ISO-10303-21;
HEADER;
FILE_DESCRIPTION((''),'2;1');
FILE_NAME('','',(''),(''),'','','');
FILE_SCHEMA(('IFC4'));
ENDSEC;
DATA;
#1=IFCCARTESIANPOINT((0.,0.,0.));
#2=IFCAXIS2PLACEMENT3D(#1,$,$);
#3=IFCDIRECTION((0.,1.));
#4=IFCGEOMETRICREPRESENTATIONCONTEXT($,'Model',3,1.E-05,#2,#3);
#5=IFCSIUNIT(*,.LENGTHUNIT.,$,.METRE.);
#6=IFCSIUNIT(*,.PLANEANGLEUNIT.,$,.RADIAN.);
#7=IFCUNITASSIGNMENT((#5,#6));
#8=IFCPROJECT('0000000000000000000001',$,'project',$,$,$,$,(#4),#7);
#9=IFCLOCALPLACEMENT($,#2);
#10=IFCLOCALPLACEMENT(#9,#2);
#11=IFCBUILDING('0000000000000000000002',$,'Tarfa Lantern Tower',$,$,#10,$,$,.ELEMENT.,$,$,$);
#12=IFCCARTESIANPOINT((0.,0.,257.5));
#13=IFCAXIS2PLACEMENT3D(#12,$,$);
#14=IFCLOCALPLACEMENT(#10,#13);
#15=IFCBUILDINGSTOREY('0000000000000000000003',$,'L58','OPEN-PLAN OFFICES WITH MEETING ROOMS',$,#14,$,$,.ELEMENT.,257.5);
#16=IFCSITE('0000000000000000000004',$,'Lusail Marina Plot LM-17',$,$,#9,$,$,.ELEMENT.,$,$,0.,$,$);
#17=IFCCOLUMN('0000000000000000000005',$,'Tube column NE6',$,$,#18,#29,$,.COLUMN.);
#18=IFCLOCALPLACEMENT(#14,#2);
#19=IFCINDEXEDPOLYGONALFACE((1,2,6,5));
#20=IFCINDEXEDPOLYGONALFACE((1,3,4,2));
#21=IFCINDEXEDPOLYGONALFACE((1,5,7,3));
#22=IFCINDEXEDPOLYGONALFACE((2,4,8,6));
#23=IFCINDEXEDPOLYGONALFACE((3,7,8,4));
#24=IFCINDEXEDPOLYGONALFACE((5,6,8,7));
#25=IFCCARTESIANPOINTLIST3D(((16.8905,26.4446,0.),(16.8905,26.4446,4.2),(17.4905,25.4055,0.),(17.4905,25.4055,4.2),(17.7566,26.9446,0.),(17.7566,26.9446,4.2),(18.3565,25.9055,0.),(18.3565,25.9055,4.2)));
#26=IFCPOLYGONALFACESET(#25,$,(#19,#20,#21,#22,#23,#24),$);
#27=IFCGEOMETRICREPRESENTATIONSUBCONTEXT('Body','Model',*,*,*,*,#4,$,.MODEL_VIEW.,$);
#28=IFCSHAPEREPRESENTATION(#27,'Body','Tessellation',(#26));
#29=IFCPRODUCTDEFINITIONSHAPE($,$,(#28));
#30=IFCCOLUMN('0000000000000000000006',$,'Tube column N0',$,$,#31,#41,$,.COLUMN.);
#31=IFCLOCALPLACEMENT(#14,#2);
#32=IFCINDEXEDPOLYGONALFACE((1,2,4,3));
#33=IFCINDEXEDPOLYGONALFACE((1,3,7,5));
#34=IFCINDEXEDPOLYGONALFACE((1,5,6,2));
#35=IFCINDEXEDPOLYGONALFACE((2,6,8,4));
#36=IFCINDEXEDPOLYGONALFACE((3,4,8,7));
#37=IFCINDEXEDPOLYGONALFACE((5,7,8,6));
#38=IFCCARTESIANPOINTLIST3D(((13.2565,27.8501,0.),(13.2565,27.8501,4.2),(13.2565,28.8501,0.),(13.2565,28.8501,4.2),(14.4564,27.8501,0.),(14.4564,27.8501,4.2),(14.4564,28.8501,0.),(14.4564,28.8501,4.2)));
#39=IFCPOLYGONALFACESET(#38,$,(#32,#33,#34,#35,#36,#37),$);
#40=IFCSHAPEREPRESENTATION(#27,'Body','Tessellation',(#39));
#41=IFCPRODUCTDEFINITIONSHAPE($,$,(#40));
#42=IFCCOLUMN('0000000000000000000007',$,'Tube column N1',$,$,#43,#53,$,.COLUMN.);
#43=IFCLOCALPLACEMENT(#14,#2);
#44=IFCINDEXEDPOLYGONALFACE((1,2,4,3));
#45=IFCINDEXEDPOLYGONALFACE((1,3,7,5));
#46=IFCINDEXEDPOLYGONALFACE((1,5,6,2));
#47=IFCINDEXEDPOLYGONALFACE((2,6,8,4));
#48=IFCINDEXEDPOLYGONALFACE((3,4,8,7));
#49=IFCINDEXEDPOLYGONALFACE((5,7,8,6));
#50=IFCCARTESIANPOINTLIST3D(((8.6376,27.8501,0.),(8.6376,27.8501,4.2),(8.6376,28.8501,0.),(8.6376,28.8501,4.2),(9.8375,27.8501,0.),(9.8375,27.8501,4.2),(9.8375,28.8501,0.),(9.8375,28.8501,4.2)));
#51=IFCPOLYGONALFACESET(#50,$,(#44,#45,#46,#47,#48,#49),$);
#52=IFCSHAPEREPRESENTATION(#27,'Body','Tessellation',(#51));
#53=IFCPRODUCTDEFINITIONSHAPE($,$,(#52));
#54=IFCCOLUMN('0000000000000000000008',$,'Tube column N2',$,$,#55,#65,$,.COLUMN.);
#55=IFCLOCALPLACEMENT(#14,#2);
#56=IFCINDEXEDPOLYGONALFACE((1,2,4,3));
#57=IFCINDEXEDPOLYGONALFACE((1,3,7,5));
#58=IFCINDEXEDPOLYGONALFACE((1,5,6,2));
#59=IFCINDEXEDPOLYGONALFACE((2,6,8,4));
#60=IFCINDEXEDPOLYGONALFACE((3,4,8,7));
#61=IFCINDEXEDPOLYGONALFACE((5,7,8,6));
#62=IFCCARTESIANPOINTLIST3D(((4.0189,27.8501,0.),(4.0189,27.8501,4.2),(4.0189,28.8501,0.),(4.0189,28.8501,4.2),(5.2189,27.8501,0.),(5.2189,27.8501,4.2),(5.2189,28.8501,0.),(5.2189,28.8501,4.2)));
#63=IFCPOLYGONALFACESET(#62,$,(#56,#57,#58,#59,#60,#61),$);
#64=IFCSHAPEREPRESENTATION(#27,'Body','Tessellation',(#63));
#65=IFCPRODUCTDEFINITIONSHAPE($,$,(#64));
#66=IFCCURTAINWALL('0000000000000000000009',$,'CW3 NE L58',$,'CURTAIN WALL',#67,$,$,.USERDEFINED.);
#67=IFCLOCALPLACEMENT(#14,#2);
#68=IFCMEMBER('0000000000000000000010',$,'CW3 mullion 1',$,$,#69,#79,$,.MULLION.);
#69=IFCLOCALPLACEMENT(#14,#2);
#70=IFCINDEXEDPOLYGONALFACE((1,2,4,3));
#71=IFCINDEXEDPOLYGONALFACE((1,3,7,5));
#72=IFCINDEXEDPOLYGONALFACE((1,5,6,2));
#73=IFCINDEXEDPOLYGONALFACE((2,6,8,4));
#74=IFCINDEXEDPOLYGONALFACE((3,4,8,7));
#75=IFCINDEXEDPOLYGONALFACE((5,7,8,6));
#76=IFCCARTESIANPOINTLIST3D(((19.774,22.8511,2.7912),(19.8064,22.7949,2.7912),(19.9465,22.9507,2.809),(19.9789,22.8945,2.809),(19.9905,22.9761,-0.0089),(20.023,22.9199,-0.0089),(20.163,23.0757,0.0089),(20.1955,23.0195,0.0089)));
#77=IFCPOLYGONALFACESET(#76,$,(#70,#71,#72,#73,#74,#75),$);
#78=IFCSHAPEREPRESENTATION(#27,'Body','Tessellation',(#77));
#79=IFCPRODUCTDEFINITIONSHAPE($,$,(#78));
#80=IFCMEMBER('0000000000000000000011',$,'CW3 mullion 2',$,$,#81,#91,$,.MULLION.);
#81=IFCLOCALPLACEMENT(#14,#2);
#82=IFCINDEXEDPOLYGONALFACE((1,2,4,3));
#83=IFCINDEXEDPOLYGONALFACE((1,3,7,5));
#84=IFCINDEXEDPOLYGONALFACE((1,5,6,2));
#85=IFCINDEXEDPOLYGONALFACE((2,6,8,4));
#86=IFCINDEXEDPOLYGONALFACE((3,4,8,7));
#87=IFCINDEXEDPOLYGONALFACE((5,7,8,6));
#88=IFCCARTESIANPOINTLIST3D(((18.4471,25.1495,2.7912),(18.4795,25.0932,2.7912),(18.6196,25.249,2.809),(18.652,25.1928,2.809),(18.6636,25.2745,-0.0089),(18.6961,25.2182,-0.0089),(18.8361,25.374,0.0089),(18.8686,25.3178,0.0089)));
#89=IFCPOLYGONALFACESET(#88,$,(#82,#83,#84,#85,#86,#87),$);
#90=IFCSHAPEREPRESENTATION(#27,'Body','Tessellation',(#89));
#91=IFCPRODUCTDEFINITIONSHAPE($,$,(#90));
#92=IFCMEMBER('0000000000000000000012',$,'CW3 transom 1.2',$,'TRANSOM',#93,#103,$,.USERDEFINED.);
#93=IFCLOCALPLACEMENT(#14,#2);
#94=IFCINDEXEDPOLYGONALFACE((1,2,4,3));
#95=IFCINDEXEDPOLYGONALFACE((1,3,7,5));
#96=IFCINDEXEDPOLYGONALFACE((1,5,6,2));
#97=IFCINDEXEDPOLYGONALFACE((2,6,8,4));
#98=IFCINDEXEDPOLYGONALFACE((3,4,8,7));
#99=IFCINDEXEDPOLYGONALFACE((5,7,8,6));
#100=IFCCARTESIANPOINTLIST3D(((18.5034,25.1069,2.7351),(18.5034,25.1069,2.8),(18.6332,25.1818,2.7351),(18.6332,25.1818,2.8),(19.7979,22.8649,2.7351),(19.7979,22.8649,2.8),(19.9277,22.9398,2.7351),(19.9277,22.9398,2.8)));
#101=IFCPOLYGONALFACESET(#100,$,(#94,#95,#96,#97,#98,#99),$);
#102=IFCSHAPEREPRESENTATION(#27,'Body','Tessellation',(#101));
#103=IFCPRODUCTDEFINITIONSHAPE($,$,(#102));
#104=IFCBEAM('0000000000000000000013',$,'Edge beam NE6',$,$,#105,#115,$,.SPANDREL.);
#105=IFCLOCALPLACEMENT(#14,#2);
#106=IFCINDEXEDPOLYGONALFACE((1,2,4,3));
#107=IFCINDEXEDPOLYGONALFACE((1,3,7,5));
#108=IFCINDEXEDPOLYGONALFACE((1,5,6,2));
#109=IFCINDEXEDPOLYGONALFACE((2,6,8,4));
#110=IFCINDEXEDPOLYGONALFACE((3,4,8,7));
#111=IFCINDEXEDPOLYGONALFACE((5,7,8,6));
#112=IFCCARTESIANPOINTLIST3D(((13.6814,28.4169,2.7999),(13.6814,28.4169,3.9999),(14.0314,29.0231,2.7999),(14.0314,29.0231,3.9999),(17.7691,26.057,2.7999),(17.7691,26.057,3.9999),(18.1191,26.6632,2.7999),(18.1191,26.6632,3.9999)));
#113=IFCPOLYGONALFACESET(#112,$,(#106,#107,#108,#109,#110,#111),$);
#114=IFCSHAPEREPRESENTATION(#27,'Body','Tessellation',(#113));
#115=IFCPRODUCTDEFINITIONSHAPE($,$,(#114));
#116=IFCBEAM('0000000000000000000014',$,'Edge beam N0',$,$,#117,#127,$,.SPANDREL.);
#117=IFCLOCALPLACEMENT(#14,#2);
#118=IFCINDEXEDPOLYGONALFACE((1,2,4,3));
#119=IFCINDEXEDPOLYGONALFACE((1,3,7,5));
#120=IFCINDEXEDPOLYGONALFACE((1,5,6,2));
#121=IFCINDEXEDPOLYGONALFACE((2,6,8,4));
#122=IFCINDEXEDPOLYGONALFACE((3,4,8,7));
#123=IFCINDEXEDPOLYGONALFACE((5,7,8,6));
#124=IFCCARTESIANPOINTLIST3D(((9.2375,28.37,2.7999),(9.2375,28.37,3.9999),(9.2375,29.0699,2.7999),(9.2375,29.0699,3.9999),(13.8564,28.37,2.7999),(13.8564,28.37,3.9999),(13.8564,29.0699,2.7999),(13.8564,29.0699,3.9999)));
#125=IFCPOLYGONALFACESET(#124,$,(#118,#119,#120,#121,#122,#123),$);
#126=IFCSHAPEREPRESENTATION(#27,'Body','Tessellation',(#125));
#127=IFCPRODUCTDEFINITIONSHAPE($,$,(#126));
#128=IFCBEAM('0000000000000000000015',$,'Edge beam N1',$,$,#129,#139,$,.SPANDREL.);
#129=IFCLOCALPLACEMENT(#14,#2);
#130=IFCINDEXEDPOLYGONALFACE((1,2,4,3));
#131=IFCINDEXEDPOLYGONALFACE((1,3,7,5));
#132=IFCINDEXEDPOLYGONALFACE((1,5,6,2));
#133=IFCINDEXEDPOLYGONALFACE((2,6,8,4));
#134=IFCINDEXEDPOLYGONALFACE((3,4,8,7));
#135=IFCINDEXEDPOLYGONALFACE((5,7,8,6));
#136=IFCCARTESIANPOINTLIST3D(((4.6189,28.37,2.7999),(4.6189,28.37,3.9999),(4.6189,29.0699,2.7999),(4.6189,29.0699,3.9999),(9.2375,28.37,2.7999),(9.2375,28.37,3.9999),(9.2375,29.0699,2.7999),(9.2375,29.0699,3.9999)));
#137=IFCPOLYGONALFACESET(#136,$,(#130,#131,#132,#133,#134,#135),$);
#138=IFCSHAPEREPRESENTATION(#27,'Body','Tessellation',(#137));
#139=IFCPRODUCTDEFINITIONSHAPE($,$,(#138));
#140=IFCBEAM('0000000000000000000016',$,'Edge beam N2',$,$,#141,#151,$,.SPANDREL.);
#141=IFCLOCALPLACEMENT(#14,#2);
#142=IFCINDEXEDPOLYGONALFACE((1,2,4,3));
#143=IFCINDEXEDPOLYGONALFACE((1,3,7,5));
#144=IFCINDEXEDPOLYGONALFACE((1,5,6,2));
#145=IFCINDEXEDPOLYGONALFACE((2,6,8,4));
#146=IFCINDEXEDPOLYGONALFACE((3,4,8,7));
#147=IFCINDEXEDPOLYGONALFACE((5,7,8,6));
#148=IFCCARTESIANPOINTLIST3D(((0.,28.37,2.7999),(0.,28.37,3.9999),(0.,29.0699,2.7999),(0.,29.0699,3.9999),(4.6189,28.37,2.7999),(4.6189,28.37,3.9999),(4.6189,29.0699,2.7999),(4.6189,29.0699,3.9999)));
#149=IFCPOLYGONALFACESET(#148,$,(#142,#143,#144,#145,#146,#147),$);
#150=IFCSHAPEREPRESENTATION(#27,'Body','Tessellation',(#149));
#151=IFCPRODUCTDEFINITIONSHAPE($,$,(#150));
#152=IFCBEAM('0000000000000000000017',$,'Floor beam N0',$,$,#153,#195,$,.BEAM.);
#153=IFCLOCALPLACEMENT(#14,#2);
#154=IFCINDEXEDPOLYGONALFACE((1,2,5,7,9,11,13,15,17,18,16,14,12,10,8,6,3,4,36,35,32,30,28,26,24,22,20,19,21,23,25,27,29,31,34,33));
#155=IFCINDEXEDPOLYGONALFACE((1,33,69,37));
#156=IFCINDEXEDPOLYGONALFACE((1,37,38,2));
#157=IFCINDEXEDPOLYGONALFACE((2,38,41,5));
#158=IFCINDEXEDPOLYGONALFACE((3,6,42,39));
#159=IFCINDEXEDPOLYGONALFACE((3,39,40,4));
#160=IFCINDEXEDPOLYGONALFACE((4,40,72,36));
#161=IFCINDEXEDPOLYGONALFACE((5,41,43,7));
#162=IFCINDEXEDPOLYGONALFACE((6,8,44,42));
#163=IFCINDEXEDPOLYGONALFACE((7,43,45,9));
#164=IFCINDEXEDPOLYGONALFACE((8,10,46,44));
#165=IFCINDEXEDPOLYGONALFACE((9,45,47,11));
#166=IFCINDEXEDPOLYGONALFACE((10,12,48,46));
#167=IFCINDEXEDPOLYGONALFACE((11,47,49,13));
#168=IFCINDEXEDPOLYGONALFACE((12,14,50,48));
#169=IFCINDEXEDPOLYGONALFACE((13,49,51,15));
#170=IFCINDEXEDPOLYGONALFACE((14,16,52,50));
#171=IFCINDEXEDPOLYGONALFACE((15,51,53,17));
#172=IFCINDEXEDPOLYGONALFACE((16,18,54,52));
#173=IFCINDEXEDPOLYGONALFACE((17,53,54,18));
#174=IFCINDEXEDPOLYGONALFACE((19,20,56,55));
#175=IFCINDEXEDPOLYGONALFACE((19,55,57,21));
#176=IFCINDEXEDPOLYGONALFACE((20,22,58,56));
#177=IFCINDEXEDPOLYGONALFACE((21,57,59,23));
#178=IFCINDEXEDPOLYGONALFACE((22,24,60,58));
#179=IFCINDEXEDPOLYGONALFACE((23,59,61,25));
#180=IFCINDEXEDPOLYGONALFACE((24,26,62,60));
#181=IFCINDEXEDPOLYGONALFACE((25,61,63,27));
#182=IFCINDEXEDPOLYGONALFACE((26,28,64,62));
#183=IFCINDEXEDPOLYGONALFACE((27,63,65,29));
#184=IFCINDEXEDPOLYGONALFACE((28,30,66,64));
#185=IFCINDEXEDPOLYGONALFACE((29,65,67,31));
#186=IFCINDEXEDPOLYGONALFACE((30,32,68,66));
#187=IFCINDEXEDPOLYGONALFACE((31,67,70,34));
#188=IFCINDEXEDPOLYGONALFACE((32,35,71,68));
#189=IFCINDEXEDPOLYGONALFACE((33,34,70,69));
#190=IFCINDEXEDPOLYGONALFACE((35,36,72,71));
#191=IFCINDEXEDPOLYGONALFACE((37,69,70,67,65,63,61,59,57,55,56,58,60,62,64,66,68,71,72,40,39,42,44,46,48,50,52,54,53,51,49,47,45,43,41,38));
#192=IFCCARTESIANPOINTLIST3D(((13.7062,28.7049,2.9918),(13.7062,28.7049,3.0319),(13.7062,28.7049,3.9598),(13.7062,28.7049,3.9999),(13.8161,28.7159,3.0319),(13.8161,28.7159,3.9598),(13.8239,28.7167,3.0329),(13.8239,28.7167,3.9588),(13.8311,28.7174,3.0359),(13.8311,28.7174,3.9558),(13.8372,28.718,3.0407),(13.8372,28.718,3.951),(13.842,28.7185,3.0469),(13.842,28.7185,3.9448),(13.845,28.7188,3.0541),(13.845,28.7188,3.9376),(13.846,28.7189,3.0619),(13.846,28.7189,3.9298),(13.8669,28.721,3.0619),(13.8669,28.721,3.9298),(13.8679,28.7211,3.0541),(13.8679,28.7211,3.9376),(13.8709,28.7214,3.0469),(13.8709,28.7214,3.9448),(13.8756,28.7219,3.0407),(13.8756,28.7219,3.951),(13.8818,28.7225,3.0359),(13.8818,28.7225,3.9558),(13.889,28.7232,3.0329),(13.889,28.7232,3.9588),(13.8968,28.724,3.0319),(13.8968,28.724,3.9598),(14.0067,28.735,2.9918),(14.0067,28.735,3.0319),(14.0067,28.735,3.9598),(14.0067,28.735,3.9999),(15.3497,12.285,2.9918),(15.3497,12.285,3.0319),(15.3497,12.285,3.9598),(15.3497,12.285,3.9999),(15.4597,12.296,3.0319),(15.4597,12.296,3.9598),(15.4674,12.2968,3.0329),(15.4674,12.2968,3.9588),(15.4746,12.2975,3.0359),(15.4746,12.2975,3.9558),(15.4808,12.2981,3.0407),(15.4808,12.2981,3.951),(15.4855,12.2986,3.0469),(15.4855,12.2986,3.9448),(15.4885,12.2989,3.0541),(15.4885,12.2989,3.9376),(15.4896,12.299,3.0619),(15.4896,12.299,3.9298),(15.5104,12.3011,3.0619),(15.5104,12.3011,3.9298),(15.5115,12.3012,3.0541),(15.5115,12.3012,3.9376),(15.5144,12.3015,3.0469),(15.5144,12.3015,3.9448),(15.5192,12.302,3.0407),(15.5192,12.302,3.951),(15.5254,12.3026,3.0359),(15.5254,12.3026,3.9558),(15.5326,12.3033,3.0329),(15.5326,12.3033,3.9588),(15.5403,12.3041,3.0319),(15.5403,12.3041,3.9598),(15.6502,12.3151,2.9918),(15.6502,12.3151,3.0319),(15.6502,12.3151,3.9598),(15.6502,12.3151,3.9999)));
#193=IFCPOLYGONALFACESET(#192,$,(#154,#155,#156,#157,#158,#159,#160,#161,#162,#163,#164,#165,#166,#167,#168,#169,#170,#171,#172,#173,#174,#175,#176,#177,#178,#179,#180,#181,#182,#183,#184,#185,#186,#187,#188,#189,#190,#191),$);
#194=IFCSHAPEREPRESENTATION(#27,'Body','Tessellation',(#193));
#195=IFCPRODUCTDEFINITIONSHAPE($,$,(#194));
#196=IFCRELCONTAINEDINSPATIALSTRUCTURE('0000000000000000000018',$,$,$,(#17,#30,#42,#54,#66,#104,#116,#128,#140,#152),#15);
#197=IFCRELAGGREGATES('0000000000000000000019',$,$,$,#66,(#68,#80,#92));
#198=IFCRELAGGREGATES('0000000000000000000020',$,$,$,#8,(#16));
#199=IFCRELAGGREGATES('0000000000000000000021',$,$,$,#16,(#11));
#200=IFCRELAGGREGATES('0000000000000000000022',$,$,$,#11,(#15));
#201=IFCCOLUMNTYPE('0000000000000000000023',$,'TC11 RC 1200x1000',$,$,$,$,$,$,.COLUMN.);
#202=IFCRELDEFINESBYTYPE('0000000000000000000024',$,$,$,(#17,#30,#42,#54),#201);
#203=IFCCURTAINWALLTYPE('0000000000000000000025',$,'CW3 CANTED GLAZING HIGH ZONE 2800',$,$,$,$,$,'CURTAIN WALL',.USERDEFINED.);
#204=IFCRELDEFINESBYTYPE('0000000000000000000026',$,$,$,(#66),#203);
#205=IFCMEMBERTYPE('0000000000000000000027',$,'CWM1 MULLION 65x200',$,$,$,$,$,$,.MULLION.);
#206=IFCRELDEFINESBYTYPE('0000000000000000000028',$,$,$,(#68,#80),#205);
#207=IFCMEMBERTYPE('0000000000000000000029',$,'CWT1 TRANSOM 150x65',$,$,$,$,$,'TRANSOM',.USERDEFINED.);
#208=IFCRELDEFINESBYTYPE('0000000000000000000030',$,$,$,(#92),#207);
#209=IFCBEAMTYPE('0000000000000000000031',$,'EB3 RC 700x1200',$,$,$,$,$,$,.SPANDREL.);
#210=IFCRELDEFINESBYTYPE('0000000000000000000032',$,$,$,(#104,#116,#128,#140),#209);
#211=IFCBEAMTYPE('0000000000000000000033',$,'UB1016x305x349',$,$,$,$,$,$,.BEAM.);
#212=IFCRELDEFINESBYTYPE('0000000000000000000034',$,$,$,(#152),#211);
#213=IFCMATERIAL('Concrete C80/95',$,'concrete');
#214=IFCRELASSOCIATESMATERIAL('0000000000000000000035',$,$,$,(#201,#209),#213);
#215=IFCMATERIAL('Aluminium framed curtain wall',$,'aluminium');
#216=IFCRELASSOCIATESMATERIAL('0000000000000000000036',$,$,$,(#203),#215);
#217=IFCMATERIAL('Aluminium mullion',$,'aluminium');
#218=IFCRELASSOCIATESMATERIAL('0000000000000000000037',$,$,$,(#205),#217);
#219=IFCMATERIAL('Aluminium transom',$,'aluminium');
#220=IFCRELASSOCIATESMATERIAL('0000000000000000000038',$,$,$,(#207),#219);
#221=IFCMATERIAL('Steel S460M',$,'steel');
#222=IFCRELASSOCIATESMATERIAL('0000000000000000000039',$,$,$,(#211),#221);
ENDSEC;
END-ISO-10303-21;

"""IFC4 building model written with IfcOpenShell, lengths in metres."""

from ifc_helpers import new_model, si_unit, direction, frame, origin, origin_2d, place, context, subcontext, project, spatial, rectangle, i_section, extrude, material, material_profile, profile_set, type_object, element, aggregate, save


model = new_model("IFC4")

# Units and contexts
model_context = context("Model", 3, precision=1e-05, world=origin(), true_north=direction((0.0, 1.0)))
body_context = subcontext(model_context, "Body", "Model", "MODEL_VIEW")
ifc_project = project(units=[si_unit("LENGTHUNIT", "METRE"), si_unit("PLANEANGLEUNIT", "RADIAN")], contexts=[model_context])

# Site, building, storey
site_placement = place(None, origin())
site = spatial("IfcSite", under=ifc_project, at=site_placement, Name="Lusail Marina Plot LM-17", CompositionType="ELEMENT", RefElevation=0.0)
building_placement = place(site_placement, origin())
building = spatial("IfcBuilding", under=site, at=building_placement, Name="Tarfa Lantern Tower", CompositionType="ELEMENT")
storey_placement = place(building_placement, frame((0.0, 0.0, 257.5)))
storey = spatial("IfcBuildingStorey", under=building, at=storey_placement, Name="L58", Description="OPEN-PLAN OFFICES WITH MEETING ROOMS", CompositionType="ELEMENT", Elevation=257.5)

# Columns
ifc_material_1 = material(Name="Concrete C80/95", Category="concrete")
ifc_material_profile_1 = material_profile(ifc_material_1, rectangle(XDim=1.2, YDim=1.0, at=origin_2d()), Name="RC 1200x1000")
ifc_profile_set_1 = profile_set([ifc_material_profile_1], Name="Concrete C80/95")
column_type = type_object("IfcColumnType", Name="TC11 RC 1200x1000", PredefinedType="COLUMN", material=ifc_profile_set_1)
for number, where, z_axis, x_axis, name in (
    (1, (17.6235, 26.175, 0.0), (0.0, 0.0, 1.0), (-0.5, 0.866025, 0.0), "Tube column NE6"),
    (2, (13.8564, 28.3501, 0.0), (0.0, 0.0, 1.0), (-1.0, 0.0, 0.0), "Tube column N0"),
    (3, (9.2375, 28.3501, 0.0), (0.0, 0.0, 1.0), (-1.0, 0.0, 0.0), "Tube column N1"),
    (4, (4.6189, 28.3501, 0.0), (0.0, 0.0, 1.0), (-1.0, 0.0, 0.0), "Tube column N2"),
):
    element("IfcColumn", number, at=place(storey_placement, frame(where, z_axis=z_axis, x_axis=x_axis)), inside=storey, type_object=column_type, Name=name, PredefinedType="COLUMN", context=body_context, shape_type="SweptSolid", body=[
        extrude(rectangle(XDim=1.2, YDim=1.0, at=origin_2d()), origin(), (0.0, 0.0, 1.0), 4.2),
    ])

# Curtain wall, members
ifc_material_2 = material(Name="Aluminium framed curtain wall", Category="aluminium")
curtain_wall_type = type_object("IfcCurtainWallType", Name="CW3 CANTED GLAZING HIGH ZONE 2800", ElementType="CURTAIN WALL", PredefinedType="USERDEFINED", material=ifc_material_2)
curtain_wall_placement = place(storey_placement, origin())
curtain_wall = element("IfcCurtainWall", 5, at=curtain_wall_placement, inside=storey, type_object=curtain_wall_type, Name="CW3 NE L58", ObjectType="CURTAIN WALL", PredefinedType="USERDEFINED")
ifc_material_3 = material(Name="Aluminium mullion", Category="aluminium")
ifc_material_profile_2 = material_profile(ifc_material_3, rectangle(XDim=0.0649, YDim=0.2, at=origin_2d()), Name="AL MULLION 65x200")
ifc_profile_set_2 = profile_set([ifc_material_profile_2], Name="Aluminium mullion")
member_type_1 = type_object("IfcMemberType", Name="CWM1 MULLION 65x200", PredefinedType="MULLION", material=ifc_profile_set_2)
member_1_placement = place(storey_placement, frame((20.093, 22.9978, 0.0), z_axis=(-0.077032, -0.044465, 0.996037), x_axis=(0.49992, -0.866072, 0.0)))
member_1 = element("IfcMember", 6, at=member_1_placement, type_object=member_type_1, Name="CW3 mullion 1", PredefinedType="MULLION", context=body_context, shape_type="SweptSolid", body=[
    extrude(rectangle(XDim=0.0649, YDim=0.2, at=origin_2d()), origin(), (0.0, 0.0, 1.0), 2.8113),
])
member_2_placement = place(storey_placement, frame((18.7661, 25.2961, 0.0), z_axis=(-0.077032, -0.044465, 0.996037), x_axis=(0.49992, -0.866072, 0.0)))
member_2 = element("IfcMember", 7, at=member_2_placement, type_object=member_type_1, Name="CW3 mullion 2", PredefinedType="MULLION", context=body_context, shape_type="SweptSolid", body=[
    extrude(rectangle(XDim=0.0649, YDim=0.2, at=origin_2d()), origin(), (0.0, 0.0, 1.0), 2.8113),
])
ifc_material_4 = material(Name="Aluminium transom", Category="aluminium")
ifc_material_profile_3 = material_profile(ifc_material_4, rectangle(XDim=0.1499, YDim=0.0649, at=origin_2d()), Name="AL TRANSOM 150x65")
ifc_profile_set_3 = profile_set([ifc_material_profile_3], Name="Aluminium transom")
member_type_2 = type_object("IfcMemberType", Name="CWT1 TRANSOM 150x65", ElementType="TRANSOM", PredefinedType="USERDEFINED", material=ifc_profile_set_3)
member_3_placement = place(storey_placement, frame((19.8628, 22.9023, 2.7676), z_axis=(-0.500014, 0.866018, 0.0), x_axis=(-0.866018, -0.500014, 0.0)))
member_3 = element("IfcMember", 8, at=member_3_placement, type_object=member_type_2, Name="CW3 transom 1.2", ObjectType="TRANSOM", PredefinedType="USERDEFINED", context=body_context, shape_type="SweptSolid", body=[
    extrude(rectangle(XDim=0.1499, YDim=0.0649, at=origin_2d()), origin(), (0.0, 0.0, 1.0), 2.5889),
])

# Beams
ifc_material_profile_4 = material_profile(ifc_material_1, rectangle(XDim=0.7, YDim=1.2, at=origin_2d()), Name="RC 700x1200")
ifc_profile_set_4 = profile_set([ifc_material_profile_4], Name="Concrete C80/95")
beam_type_1 = type_object("IfcBeamType", Name="EB3 RC 700x1200", PredefinedType="SPANDREL", material=ifc_profile_set_4)
beam_1_placement = place(storey_placement, frame((17.9441, 26.3601, 3.3999), z_axis=(-0.866038, 0.499978, 0.0), x_axis=(-0.499978, -0.866038, 0.0)))
element("IfcBeam", 9, at=beam_1_placement, inside=storey, type_object=beam_type_1, Name="Edge beam NE6", PredefinedType="SPANDREL", context=body_context, shape_type="SweptSolid", body=[
    extrude(rectangle(XDim=0.7, YDim=1.2, at=origin_2d()), origin(), (0.0, 0.0, 1.0), 4.72),
])
beam_2_placement = place(storey_placement, frame((13.8564, 28.72, 3.3999), z_axis=(-1.0, 0.0, 0.0), x_axis=(0.0, -1.0, 0.0)))
element("IfcBeam", 10, at=beam_2_placement, inside=storey, type_object=beam_type_1, Name="Edge beam N0", PredefinedType="SPANDREL", context=body_context, shape_type="SweptSolid", body=[
    extrude(rectangle(XDim=0.7, YDim=1.2, at=origin_2d()), origin(), (0.0, 0.0, 1.0), 4.6189),
])
beam_3_placement = place(storey_placement, frame((9.2375, 28.72, 3.3999), z_axis=(-1.0, 0.0, 0.0), x_axis=(0.0, -1.0, 0.0)))
element("IfcBeam", 11, at=beam_3_placement, inside=storey, type_object=beam_type_1, Name="Edge beam N1", PredefinedType="SPANDREL", context=body_context, shape_type="SweptSolid", body=[
    extrude(rectangle(XDim=0.7, YDim=1.2, at=origin_2d()), origin(), (0.0, 0.0, 1.0), 4.6187),
])
beam_4_placement = place(storey_placement, frame((4.6189, 28.72, 3.3999), z_axis=(-1.0, 0.0, 0.0), x_axis=(0.0, -1.0, 0.0)))
element("IfcBeam", 12, at=beam_4_placement, inside=storey, type_object=beam_type_1, Name="Edge beam N2", PredefinedType="SPANDREL", context=body_context, shape_type="SweptSolid", body=[
    extrude(rectangle(XDim=0.7, YDim=1.2, at=origin_2d()), origin(), (0.0, 0.0, 1.0), 4.6189),
])
ifc_material_5 = material(Name="Steel S460M", Category="steel")
ifc_material_profile_5 = material_profile(ifc_material_5, i_section(OverallWidth=0.302, OverallDepth=1.0081, WebThickness=0.021, FlangeThickness=0.04, FilletRadius=0.03, at=origin_2d()), Name="UB1016x305x349")
ifc_profile_set_5 = profile_set([ifc_material_profile_5], Name="Steel S460M")
beam_type_2 = type_object("IfcBeamType", Name="UB1016x305x349", PredefinedType="BEAM", material=ifc_profile_set_5)
beam_5_placement = place(storey_placement, frame((13.8564, 28.72, 3.4958), z_axis=(0.099597, -0.995028, 0.0), x_axis=(0.995028, 0.099597, 0.0)))
element("IfcBeam", 13, at=beam_5_placement, inside=storey, type_object=beam_type_2, Name="Floor beam N0", PredefinedType="BEAM", context=body_context, shape_type="SweptSolid", body=[
    extrude(i_section(OverallWidth=0.302, OverallDepth=1.0081, WebThickness=0.021, FlangeThickness=0.04, FilletRadius=0.03, at=origin_2d()), origin(), (0.0, 0.0, 1.0), 16.502),
])

aggregate(curtain_wall, [member_1, member_2, member_3])

save(model, "model.ifc")
